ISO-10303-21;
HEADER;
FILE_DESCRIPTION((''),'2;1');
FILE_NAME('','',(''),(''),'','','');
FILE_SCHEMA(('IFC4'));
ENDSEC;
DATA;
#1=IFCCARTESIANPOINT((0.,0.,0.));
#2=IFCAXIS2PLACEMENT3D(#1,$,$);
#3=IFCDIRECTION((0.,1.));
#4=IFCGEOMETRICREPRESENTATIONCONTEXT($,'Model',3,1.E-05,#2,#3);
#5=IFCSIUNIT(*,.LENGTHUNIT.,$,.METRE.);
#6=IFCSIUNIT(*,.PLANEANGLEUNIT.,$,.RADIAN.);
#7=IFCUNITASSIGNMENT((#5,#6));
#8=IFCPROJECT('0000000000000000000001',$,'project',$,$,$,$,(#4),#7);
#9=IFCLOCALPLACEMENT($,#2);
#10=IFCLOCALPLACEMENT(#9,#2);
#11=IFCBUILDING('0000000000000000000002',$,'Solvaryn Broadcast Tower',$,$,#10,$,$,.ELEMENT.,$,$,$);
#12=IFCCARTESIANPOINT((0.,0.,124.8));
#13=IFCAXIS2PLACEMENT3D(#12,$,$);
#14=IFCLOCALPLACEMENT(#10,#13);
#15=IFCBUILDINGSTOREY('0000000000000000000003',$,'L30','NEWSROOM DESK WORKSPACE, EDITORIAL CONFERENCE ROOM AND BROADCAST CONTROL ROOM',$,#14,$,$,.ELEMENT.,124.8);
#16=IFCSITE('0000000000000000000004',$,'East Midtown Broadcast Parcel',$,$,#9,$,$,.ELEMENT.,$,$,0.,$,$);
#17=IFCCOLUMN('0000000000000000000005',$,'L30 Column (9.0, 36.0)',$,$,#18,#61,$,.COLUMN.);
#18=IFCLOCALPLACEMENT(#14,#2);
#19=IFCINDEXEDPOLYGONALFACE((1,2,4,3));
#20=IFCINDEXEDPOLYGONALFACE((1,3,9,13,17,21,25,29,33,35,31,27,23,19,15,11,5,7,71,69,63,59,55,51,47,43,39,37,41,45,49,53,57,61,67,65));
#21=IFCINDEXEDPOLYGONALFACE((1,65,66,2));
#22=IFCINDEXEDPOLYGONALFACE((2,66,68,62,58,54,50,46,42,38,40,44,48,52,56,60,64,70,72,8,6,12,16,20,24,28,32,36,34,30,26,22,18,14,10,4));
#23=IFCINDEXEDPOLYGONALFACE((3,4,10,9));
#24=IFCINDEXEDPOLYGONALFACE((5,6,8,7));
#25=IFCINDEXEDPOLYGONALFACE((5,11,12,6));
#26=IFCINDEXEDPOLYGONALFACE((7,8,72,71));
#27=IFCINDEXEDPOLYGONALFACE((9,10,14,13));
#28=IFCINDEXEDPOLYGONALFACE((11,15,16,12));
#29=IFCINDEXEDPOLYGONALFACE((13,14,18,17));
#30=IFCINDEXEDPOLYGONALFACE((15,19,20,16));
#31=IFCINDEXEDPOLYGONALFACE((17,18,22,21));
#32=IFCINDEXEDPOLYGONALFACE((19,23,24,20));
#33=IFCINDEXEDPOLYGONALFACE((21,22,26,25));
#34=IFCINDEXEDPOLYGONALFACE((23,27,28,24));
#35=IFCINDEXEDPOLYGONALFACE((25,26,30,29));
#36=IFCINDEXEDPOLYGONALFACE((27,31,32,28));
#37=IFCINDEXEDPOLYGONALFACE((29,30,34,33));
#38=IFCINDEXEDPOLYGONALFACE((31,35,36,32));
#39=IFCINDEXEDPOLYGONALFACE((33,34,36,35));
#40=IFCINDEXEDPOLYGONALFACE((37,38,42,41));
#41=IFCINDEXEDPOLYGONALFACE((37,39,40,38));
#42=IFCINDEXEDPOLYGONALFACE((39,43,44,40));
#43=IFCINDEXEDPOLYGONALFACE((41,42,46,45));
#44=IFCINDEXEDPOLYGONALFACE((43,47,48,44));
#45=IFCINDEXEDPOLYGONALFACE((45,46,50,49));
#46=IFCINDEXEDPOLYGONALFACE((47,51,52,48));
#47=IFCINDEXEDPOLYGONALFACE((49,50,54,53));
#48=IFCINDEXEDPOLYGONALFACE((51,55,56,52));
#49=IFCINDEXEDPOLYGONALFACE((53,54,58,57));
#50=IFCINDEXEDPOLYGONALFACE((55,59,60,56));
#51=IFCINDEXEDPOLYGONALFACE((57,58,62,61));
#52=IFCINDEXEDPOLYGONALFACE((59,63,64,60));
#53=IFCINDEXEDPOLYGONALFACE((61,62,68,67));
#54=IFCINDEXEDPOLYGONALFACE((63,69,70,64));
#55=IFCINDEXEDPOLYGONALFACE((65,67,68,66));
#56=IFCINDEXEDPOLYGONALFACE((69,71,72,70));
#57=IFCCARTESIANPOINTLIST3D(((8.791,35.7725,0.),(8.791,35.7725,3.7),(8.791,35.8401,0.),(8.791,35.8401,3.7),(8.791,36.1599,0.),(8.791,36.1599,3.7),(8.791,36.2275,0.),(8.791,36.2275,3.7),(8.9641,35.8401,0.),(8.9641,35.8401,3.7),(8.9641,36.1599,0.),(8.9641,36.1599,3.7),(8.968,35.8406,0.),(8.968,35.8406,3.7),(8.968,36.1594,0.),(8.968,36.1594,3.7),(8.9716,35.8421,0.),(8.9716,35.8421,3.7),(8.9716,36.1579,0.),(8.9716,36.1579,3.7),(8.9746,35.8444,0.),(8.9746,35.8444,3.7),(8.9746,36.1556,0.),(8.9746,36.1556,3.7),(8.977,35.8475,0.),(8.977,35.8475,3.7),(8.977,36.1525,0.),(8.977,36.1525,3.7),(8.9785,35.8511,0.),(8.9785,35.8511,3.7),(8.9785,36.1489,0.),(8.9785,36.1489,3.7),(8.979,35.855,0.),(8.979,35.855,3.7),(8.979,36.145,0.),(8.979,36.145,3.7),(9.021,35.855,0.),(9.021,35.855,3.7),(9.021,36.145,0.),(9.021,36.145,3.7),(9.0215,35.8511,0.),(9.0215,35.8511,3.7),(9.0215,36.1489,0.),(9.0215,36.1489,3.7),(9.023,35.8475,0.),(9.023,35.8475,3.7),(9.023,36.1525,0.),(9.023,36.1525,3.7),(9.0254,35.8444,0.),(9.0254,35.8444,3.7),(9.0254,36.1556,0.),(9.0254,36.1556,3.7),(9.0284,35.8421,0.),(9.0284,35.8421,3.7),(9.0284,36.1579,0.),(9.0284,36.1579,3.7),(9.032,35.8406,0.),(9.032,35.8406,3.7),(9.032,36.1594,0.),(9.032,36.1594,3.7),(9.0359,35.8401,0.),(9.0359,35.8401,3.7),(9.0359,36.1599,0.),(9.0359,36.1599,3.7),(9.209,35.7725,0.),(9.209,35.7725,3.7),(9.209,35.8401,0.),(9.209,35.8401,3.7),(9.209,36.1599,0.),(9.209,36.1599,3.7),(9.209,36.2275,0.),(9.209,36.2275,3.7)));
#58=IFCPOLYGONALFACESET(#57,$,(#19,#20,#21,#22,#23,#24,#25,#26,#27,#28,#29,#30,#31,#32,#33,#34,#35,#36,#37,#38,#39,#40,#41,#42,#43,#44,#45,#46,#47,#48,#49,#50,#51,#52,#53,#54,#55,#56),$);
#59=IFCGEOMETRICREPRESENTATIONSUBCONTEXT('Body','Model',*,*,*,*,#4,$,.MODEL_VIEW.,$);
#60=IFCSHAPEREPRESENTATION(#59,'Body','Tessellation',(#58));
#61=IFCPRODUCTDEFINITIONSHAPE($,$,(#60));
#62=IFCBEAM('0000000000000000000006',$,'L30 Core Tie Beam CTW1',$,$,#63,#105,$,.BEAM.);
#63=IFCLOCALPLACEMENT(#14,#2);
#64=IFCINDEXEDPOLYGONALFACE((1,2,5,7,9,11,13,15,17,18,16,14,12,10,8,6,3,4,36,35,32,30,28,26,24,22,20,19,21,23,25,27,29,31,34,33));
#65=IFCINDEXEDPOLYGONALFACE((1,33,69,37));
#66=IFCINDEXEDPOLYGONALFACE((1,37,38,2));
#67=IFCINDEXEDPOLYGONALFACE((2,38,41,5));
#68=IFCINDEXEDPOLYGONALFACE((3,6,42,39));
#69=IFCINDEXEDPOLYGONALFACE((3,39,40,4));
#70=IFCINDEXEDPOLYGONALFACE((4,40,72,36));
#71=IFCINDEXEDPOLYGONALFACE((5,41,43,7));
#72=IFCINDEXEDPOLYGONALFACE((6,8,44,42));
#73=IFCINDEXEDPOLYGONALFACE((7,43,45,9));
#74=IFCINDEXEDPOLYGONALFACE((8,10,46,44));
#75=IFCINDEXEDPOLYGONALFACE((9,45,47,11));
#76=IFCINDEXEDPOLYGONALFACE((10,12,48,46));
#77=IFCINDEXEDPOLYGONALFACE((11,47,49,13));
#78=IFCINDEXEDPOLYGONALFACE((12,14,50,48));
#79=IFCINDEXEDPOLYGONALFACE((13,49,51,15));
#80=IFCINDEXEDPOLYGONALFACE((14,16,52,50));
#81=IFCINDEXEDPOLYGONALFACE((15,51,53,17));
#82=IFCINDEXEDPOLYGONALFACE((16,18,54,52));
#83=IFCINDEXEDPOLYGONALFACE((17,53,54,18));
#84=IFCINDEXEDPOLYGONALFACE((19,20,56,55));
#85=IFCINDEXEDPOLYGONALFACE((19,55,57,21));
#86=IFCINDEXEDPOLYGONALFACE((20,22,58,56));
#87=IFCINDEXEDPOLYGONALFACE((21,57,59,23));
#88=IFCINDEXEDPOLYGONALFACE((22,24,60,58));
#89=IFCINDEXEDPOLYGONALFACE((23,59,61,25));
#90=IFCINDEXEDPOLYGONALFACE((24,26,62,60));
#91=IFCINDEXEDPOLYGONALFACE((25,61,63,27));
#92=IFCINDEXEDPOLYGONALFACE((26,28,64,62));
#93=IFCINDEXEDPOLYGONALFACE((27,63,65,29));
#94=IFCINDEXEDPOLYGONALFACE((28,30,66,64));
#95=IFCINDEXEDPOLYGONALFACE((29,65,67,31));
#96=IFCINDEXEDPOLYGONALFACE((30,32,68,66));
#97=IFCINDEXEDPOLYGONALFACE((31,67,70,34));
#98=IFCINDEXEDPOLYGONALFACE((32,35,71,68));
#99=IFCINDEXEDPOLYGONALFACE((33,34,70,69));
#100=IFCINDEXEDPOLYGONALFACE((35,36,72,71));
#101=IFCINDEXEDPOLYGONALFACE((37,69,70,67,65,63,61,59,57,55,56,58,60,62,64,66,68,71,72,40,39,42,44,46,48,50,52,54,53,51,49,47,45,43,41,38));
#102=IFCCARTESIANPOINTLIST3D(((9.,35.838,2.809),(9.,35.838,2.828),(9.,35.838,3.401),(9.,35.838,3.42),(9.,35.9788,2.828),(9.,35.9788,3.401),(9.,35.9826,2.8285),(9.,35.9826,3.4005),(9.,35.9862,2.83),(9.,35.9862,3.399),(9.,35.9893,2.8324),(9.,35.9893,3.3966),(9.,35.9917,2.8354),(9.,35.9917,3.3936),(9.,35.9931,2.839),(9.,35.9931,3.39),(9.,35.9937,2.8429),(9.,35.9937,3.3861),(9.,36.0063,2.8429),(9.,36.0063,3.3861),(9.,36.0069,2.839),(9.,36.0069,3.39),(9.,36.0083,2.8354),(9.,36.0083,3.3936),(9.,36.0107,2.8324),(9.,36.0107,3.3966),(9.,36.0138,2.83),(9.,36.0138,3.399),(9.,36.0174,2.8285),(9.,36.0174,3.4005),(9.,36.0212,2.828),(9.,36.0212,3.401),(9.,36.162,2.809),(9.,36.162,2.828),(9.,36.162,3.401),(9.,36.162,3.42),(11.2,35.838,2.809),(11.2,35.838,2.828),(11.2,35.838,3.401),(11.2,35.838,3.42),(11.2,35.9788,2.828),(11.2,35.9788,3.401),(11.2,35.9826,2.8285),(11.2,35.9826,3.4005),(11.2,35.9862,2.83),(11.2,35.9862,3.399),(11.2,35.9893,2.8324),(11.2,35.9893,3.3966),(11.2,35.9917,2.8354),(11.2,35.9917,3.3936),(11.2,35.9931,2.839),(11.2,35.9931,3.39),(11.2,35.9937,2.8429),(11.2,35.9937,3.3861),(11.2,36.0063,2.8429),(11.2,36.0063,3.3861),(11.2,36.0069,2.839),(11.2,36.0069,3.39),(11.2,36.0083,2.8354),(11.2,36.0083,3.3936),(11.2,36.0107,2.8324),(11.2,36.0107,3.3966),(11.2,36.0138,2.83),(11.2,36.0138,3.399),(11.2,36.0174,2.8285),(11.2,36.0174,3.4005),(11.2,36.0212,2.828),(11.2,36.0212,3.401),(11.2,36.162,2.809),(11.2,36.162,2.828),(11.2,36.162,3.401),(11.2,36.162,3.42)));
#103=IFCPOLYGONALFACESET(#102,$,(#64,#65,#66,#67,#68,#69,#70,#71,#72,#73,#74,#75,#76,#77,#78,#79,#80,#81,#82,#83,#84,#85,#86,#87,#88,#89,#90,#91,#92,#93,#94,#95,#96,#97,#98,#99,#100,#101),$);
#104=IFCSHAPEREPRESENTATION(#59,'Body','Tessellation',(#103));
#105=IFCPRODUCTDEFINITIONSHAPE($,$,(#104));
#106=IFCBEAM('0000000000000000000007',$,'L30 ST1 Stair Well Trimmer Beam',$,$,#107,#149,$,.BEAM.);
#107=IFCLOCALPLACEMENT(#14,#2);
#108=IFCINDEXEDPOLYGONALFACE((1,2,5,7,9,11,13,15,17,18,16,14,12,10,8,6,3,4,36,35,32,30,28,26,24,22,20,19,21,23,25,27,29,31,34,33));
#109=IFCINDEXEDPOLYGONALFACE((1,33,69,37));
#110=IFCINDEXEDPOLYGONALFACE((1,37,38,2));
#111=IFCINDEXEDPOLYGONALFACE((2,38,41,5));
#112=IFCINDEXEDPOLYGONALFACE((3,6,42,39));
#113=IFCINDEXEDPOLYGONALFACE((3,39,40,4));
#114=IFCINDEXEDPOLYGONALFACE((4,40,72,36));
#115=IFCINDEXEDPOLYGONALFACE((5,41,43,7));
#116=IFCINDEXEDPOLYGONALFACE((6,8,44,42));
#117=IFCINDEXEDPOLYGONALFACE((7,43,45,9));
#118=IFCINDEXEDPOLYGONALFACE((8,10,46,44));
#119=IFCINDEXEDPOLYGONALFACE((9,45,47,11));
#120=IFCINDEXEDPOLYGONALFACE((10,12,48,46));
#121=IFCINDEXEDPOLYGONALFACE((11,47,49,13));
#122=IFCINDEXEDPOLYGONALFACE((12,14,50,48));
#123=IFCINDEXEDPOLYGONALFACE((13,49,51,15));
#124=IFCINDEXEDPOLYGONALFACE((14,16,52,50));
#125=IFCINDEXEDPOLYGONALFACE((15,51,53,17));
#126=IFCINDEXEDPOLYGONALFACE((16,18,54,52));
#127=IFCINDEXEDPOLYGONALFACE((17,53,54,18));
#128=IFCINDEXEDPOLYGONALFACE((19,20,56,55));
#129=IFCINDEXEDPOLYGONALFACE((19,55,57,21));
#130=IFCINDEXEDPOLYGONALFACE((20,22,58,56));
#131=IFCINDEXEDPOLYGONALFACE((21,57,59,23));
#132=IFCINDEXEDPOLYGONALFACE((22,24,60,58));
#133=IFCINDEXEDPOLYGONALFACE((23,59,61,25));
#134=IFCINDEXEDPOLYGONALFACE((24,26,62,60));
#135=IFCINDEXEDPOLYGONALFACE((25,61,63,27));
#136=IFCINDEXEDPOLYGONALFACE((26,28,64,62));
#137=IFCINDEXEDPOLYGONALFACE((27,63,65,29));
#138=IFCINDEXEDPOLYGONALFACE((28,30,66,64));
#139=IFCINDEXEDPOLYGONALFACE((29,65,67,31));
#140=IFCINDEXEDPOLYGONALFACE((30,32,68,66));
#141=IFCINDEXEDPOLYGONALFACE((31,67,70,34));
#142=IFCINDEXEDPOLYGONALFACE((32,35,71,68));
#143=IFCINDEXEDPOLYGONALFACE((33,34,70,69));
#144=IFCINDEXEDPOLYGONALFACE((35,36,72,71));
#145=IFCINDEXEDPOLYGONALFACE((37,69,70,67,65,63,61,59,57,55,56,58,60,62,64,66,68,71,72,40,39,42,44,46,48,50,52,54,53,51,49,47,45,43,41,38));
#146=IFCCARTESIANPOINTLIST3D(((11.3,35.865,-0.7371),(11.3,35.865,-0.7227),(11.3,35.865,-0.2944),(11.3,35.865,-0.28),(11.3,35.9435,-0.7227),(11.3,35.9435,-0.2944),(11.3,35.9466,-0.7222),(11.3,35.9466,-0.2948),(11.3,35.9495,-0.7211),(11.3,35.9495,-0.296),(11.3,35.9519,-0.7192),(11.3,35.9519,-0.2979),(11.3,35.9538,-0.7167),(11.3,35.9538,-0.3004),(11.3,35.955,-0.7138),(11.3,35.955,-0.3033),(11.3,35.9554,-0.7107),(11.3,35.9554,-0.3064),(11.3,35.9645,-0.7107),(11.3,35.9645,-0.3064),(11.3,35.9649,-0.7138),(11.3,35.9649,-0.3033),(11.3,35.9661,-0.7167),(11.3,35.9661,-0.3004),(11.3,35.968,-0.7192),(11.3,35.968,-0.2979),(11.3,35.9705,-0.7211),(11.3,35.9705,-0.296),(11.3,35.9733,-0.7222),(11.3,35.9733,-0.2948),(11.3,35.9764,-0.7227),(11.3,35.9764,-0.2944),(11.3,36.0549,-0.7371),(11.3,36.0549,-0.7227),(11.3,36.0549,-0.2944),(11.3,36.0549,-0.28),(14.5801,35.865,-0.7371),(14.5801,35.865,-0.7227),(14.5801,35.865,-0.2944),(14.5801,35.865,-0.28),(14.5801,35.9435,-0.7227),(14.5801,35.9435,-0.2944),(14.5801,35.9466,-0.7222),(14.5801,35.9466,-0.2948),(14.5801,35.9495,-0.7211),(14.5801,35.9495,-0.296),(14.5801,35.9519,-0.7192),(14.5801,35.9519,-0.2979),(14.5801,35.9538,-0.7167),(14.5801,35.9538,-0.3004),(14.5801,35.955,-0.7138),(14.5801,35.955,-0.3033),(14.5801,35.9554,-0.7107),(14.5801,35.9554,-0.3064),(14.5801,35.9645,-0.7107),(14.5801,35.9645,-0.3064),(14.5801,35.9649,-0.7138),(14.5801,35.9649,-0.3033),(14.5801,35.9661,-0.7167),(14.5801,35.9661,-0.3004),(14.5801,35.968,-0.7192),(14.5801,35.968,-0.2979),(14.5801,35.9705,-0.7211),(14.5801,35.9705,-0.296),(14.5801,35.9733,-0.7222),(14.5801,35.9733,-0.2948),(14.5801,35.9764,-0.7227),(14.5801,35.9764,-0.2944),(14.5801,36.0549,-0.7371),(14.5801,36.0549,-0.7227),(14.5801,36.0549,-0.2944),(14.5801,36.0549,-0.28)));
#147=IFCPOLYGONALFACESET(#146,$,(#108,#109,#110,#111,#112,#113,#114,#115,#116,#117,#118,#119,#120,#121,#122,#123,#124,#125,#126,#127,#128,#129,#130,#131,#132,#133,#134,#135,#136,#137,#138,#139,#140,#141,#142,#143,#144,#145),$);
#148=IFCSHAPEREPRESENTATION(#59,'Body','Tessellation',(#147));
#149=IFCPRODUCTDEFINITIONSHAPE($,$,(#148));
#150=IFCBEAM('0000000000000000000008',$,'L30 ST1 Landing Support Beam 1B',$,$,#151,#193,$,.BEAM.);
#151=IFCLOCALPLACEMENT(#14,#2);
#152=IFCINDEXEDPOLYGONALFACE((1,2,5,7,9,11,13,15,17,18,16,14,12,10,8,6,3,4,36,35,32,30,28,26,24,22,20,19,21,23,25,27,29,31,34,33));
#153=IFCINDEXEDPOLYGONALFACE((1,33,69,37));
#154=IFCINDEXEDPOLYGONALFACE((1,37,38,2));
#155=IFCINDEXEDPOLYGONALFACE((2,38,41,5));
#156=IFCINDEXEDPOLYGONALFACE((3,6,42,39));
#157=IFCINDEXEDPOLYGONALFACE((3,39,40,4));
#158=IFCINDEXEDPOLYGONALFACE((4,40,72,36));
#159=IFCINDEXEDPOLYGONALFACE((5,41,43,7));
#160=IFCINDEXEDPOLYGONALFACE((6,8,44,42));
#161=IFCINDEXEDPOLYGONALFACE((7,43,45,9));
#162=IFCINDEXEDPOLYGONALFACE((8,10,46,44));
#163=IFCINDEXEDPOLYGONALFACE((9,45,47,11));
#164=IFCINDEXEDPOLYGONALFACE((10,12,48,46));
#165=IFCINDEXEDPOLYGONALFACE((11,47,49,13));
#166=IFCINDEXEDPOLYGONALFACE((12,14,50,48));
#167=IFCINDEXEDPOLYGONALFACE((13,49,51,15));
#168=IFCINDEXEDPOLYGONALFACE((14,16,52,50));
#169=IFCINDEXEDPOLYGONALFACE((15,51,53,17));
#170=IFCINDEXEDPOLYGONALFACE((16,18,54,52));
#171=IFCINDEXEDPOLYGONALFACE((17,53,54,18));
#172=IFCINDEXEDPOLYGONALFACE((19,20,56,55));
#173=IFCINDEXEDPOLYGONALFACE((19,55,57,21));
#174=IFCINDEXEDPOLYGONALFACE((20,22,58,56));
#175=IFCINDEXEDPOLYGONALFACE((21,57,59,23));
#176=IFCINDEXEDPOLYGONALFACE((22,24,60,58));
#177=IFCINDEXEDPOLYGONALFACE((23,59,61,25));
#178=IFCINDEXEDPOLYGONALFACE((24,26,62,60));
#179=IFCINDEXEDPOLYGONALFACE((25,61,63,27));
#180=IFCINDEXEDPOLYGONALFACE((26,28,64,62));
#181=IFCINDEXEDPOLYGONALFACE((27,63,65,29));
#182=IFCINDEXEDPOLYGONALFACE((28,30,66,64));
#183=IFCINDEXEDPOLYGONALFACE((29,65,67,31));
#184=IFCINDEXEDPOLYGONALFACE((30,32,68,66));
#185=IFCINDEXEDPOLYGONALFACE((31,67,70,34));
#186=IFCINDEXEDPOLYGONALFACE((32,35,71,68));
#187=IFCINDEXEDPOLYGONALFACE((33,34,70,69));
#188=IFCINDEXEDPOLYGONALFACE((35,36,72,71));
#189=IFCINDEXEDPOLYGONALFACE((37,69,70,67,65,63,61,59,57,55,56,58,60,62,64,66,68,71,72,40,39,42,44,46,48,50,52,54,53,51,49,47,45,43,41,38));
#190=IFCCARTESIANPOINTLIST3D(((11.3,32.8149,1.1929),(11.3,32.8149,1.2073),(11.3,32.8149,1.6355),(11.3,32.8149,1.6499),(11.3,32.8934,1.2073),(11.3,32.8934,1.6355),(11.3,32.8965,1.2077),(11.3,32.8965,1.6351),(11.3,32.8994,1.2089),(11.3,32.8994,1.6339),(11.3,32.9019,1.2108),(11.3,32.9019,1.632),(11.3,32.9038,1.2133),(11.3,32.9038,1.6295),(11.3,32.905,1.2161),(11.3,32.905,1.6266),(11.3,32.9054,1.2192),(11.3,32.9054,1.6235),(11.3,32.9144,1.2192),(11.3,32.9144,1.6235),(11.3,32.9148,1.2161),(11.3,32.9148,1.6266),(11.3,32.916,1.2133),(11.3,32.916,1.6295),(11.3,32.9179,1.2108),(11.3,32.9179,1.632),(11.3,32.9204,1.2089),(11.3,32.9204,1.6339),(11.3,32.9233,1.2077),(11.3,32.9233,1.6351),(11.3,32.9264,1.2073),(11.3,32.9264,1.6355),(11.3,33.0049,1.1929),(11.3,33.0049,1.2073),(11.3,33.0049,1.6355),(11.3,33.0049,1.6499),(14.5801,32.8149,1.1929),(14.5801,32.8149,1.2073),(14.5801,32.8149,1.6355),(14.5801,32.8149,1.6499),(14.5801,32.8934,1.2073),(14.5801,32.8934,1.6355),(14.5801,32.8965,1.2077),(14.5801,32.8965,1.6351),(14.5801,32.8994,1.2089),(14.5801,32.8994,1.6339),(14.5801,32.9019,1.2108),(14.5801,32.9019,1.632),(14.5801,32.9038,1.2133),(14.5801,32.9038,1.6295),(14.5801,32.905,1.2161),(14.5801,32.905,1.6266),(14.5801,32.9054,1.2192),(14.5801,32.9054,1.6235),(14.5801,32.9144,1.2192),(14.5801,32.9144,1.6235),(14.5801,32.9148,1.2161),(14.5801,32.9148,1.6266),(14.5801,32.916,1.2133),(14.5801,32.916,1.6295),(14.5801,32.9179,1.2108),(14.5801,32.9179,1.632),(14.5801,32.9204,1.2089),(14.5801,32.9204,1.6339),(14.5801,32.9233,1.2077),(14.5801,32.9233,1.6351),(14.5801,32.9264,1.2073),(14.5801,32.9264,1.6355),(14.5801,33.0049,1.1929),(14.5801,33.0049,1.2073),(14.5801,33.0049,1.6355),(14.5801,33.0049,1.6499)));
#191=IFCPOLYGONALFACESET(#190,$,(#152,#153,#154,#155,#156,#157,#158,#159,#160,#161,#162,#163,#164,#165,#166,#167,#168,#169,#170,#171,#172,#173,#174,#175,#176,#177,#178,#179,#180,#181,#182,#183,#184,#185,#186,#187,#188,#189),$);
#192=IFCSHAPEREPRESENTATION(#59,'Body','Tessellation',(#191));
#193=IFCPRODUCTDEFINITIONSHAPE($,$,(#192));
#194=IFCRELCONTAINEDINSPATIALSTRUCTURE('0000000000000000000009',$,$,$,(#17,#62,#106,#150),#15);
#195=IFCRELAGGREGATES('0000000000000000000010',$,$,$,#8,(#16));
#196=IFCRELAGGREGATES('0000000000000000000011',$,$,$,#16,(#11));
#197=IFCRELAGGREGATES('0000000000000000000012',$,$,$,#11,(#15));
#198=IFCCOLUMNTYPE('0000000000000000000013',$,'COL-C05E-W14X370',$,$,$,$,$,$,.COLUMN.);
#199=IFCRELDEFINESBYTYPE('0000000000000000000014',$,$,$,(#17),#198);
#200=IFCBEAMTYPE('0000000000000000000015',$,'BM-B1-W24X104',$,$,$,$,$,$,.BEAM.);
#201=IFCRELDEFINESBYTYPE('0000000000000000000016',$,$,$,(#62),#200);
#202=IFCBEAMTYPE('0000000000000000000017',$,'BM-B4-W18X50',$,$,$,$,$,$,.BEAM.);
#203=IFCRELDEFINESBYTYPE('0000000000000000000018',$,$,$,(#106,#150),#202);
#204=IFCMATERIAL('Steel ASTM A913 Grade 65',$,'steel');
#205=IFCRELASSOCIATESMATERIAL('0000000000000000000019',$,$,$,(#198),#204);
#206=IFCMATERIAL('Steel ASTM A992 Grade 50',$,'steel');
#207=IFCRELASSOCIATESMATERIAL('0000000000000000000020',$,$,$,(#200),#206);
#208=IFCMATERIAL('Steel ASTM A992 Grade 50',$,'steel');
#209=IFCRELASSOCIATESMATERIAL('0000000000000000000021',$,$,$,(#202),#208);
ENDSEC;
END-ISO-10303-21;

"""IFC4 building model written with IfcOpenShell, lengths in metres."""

from ifc_helpers import new_model, si_unit, direction, frame, origin, origin_2d, place, context, subcontext, project, spatial, i_section, extrude, material, material_profile, profile_set, type_object, element, save


model = new_model("IFC4")

# Units and contexts
model_context = context("Model", 3, precision=1e-05, world=origin(), true_north=direction((0.0, 1.0)))
body_context = subcontext(model_context, "Body", "Model", "MODEL_VIEW")
ifc_project = project(units=[si_unit("LENGTHUNIT", "METRE"), si_unit("PLANEANGLEUNIT", "RADIAN")], contexts=[model_context])

# Site, building, storey
site_placement = place(None, origin())
site = spatial("IfcSite", under=ifc_project, at=site_placement, Name="East Midtown Broadcast Parcel", CompositionType="ELEMENT", RefElevation=0.0)
building_placement = place(site_placement, origin())
building = spatial("IfcBuilding", under=site, at=building_placement, Name="Solvaryn Broadcast Tower", CompositionType="ELEMENT")
storey_placement = place(building_placement, frame((0.0, 0.0, 124.8)))
storey = spatial("IfcBuildingStorey", under=building, at=storey_placement, Name="L30", Description="NEWSROOM DESK WORKSPACE, EDITORIAL CONFERENCE ROOM AND BROADCAST CONTROL ROOM", CompositionType="ELEMENT", Elevation=124.8)

# Column
ifc_material_1 = material(Name="Steel ASTM A913 Grade 65", Category="steel")
ifc_material_profile_1 = material_profile(ifc_material_1, i_section(OverallWidth=0.418, OverallDepth=0.4551, WebThickness=0.042, FlangeThickness=0.0676, FilletRadius=0.0149, at=origin_2d()))
ifc_profile_set_1 = profile_set([ifc_material_profile_1], Name="Steel ASTM A913 Grade 65")
column_type = type_object("IfcColumnType", Name="COL-C05E-W14X370", PredefinedType="COLUMN", material=ifc_profile_set_1)
column_placement = place(storey_placement, frame((9.0, 36.0, 0.0), z_axis=(0.0, 0.0, 1.0), x_axis=(1.0, 0.0, 0.0)))
element("IfcColumn", 1, at=column_placement, inside=storey, type_object=column_type, Name="L30 Column (9.0, 36.0)", PredefinedType="COLUMN", context=body_context, shape_type="SweptSolid", body=[
    extrude(i_section(OverallWidth=0.418, OverallDepth=0.4551, WebThickness=0.042, FlangeThickness=0.0676, FilletRadius=0.0149, at=origin_2d()), origin(), (0.0, 0.0, 1.0), 3.7),
])

# Beams
ifc_material_2 = material(Name="Steel ASTM A992 Grade 50", Category="steel")
ifc_material_profile_2 = material_profile(ifc_material_2, i_section(OverallWidth=0.324, OverallDepth=0.6111, WebThickness=0.0127, FlangeThickness=0.019, FilletRadius=0.0149, at=origin_2d()))
ifc_profile_set_2 = profile_set([ifc_material_profile_2], Name="Steel ASTM A992 Grade 50")
beam_type_1 = type_object("IfcBeamType", Name="BM-B1-W24X104", PredefinedType="BEAM", material=ifc_profile_set_2)
beam_1_placement = place(storey_placement, frame((9.0, 36.0, 3.1145), z_axis=(1.0, 0.0, 0.0), x_axis=(0.0, 1.0, 0.0)))
element("IfcBeam", 2, at=beam_1_placement, inside=storey, type_object=beam_type_1, Name="L30 Core Tie Beam CTW1", PredefinedType="BEAM", context=body_context, shape_type="SweptSolid", body=[
    extrude(i_section(OverallWidth=0.324, OverallDepth=0.6111, WebThickness=0.0127, FlangeThickness=0.019, FilletRadius=0.0149, at=origin_2d()), origin(), (0.0, 0.0, 1.0), 2.2),
])
ifc_material_3 = material(Name="Steel ASTM A992 Grade 50", Category="steel")
ifc_material_profile_3 = material_profile(ifc_material_3, i_section(OverallWidth=0.1899, OverallDepth=0.457, WebThickness=0.009, FlangeThickness=0.0144, FilletRadius=0.012, at=origin_2d()))
ifc_profile_set_3 = profile_set([ifc_material_profile_3], Name="Steel ASTM A992 Grade 50")
beam_type_2 = type_object("IfcBeamType", Name="BM-B4-W18X50", PredefinedType="BEAM", material=ifc_profile_set_3)
for number, where, z_axis, x_axis, name in (
    (3, (11.3, 35.96, -0.5085), (1.0, 0.0, 0.0), (0.0, 1.0, 0.0), "L30 ST1 Stair Well Trimmer Beam"),
    (4, (11.3, 32.9099, 1.4214), (1.0, 0.0, 0.0), (0.0, 1.0, 0.0), "L30 ST1 Landing Support Beam 1B"),
):
    element("IfcBeam", number, at=place(storey_placement, frame(where, z_axis=z_axis, x_axis=x_axis)), inside=storey, type_object=beam_type_2, Name=name, PredefinedType="BEAM", context=body_context, shape_type="SweptSolid", body=[
        extrude(i_section(OverallWidth=0.1899, OverallDepth=0.457, WebThickness=0.009, FlangeThickness=0.0144, FilletRadius=0.012, at=origin_2d()), origin(), (0.0, 0.0, 1.0), 3.28),
    ])

save(model, "model.ifc")
